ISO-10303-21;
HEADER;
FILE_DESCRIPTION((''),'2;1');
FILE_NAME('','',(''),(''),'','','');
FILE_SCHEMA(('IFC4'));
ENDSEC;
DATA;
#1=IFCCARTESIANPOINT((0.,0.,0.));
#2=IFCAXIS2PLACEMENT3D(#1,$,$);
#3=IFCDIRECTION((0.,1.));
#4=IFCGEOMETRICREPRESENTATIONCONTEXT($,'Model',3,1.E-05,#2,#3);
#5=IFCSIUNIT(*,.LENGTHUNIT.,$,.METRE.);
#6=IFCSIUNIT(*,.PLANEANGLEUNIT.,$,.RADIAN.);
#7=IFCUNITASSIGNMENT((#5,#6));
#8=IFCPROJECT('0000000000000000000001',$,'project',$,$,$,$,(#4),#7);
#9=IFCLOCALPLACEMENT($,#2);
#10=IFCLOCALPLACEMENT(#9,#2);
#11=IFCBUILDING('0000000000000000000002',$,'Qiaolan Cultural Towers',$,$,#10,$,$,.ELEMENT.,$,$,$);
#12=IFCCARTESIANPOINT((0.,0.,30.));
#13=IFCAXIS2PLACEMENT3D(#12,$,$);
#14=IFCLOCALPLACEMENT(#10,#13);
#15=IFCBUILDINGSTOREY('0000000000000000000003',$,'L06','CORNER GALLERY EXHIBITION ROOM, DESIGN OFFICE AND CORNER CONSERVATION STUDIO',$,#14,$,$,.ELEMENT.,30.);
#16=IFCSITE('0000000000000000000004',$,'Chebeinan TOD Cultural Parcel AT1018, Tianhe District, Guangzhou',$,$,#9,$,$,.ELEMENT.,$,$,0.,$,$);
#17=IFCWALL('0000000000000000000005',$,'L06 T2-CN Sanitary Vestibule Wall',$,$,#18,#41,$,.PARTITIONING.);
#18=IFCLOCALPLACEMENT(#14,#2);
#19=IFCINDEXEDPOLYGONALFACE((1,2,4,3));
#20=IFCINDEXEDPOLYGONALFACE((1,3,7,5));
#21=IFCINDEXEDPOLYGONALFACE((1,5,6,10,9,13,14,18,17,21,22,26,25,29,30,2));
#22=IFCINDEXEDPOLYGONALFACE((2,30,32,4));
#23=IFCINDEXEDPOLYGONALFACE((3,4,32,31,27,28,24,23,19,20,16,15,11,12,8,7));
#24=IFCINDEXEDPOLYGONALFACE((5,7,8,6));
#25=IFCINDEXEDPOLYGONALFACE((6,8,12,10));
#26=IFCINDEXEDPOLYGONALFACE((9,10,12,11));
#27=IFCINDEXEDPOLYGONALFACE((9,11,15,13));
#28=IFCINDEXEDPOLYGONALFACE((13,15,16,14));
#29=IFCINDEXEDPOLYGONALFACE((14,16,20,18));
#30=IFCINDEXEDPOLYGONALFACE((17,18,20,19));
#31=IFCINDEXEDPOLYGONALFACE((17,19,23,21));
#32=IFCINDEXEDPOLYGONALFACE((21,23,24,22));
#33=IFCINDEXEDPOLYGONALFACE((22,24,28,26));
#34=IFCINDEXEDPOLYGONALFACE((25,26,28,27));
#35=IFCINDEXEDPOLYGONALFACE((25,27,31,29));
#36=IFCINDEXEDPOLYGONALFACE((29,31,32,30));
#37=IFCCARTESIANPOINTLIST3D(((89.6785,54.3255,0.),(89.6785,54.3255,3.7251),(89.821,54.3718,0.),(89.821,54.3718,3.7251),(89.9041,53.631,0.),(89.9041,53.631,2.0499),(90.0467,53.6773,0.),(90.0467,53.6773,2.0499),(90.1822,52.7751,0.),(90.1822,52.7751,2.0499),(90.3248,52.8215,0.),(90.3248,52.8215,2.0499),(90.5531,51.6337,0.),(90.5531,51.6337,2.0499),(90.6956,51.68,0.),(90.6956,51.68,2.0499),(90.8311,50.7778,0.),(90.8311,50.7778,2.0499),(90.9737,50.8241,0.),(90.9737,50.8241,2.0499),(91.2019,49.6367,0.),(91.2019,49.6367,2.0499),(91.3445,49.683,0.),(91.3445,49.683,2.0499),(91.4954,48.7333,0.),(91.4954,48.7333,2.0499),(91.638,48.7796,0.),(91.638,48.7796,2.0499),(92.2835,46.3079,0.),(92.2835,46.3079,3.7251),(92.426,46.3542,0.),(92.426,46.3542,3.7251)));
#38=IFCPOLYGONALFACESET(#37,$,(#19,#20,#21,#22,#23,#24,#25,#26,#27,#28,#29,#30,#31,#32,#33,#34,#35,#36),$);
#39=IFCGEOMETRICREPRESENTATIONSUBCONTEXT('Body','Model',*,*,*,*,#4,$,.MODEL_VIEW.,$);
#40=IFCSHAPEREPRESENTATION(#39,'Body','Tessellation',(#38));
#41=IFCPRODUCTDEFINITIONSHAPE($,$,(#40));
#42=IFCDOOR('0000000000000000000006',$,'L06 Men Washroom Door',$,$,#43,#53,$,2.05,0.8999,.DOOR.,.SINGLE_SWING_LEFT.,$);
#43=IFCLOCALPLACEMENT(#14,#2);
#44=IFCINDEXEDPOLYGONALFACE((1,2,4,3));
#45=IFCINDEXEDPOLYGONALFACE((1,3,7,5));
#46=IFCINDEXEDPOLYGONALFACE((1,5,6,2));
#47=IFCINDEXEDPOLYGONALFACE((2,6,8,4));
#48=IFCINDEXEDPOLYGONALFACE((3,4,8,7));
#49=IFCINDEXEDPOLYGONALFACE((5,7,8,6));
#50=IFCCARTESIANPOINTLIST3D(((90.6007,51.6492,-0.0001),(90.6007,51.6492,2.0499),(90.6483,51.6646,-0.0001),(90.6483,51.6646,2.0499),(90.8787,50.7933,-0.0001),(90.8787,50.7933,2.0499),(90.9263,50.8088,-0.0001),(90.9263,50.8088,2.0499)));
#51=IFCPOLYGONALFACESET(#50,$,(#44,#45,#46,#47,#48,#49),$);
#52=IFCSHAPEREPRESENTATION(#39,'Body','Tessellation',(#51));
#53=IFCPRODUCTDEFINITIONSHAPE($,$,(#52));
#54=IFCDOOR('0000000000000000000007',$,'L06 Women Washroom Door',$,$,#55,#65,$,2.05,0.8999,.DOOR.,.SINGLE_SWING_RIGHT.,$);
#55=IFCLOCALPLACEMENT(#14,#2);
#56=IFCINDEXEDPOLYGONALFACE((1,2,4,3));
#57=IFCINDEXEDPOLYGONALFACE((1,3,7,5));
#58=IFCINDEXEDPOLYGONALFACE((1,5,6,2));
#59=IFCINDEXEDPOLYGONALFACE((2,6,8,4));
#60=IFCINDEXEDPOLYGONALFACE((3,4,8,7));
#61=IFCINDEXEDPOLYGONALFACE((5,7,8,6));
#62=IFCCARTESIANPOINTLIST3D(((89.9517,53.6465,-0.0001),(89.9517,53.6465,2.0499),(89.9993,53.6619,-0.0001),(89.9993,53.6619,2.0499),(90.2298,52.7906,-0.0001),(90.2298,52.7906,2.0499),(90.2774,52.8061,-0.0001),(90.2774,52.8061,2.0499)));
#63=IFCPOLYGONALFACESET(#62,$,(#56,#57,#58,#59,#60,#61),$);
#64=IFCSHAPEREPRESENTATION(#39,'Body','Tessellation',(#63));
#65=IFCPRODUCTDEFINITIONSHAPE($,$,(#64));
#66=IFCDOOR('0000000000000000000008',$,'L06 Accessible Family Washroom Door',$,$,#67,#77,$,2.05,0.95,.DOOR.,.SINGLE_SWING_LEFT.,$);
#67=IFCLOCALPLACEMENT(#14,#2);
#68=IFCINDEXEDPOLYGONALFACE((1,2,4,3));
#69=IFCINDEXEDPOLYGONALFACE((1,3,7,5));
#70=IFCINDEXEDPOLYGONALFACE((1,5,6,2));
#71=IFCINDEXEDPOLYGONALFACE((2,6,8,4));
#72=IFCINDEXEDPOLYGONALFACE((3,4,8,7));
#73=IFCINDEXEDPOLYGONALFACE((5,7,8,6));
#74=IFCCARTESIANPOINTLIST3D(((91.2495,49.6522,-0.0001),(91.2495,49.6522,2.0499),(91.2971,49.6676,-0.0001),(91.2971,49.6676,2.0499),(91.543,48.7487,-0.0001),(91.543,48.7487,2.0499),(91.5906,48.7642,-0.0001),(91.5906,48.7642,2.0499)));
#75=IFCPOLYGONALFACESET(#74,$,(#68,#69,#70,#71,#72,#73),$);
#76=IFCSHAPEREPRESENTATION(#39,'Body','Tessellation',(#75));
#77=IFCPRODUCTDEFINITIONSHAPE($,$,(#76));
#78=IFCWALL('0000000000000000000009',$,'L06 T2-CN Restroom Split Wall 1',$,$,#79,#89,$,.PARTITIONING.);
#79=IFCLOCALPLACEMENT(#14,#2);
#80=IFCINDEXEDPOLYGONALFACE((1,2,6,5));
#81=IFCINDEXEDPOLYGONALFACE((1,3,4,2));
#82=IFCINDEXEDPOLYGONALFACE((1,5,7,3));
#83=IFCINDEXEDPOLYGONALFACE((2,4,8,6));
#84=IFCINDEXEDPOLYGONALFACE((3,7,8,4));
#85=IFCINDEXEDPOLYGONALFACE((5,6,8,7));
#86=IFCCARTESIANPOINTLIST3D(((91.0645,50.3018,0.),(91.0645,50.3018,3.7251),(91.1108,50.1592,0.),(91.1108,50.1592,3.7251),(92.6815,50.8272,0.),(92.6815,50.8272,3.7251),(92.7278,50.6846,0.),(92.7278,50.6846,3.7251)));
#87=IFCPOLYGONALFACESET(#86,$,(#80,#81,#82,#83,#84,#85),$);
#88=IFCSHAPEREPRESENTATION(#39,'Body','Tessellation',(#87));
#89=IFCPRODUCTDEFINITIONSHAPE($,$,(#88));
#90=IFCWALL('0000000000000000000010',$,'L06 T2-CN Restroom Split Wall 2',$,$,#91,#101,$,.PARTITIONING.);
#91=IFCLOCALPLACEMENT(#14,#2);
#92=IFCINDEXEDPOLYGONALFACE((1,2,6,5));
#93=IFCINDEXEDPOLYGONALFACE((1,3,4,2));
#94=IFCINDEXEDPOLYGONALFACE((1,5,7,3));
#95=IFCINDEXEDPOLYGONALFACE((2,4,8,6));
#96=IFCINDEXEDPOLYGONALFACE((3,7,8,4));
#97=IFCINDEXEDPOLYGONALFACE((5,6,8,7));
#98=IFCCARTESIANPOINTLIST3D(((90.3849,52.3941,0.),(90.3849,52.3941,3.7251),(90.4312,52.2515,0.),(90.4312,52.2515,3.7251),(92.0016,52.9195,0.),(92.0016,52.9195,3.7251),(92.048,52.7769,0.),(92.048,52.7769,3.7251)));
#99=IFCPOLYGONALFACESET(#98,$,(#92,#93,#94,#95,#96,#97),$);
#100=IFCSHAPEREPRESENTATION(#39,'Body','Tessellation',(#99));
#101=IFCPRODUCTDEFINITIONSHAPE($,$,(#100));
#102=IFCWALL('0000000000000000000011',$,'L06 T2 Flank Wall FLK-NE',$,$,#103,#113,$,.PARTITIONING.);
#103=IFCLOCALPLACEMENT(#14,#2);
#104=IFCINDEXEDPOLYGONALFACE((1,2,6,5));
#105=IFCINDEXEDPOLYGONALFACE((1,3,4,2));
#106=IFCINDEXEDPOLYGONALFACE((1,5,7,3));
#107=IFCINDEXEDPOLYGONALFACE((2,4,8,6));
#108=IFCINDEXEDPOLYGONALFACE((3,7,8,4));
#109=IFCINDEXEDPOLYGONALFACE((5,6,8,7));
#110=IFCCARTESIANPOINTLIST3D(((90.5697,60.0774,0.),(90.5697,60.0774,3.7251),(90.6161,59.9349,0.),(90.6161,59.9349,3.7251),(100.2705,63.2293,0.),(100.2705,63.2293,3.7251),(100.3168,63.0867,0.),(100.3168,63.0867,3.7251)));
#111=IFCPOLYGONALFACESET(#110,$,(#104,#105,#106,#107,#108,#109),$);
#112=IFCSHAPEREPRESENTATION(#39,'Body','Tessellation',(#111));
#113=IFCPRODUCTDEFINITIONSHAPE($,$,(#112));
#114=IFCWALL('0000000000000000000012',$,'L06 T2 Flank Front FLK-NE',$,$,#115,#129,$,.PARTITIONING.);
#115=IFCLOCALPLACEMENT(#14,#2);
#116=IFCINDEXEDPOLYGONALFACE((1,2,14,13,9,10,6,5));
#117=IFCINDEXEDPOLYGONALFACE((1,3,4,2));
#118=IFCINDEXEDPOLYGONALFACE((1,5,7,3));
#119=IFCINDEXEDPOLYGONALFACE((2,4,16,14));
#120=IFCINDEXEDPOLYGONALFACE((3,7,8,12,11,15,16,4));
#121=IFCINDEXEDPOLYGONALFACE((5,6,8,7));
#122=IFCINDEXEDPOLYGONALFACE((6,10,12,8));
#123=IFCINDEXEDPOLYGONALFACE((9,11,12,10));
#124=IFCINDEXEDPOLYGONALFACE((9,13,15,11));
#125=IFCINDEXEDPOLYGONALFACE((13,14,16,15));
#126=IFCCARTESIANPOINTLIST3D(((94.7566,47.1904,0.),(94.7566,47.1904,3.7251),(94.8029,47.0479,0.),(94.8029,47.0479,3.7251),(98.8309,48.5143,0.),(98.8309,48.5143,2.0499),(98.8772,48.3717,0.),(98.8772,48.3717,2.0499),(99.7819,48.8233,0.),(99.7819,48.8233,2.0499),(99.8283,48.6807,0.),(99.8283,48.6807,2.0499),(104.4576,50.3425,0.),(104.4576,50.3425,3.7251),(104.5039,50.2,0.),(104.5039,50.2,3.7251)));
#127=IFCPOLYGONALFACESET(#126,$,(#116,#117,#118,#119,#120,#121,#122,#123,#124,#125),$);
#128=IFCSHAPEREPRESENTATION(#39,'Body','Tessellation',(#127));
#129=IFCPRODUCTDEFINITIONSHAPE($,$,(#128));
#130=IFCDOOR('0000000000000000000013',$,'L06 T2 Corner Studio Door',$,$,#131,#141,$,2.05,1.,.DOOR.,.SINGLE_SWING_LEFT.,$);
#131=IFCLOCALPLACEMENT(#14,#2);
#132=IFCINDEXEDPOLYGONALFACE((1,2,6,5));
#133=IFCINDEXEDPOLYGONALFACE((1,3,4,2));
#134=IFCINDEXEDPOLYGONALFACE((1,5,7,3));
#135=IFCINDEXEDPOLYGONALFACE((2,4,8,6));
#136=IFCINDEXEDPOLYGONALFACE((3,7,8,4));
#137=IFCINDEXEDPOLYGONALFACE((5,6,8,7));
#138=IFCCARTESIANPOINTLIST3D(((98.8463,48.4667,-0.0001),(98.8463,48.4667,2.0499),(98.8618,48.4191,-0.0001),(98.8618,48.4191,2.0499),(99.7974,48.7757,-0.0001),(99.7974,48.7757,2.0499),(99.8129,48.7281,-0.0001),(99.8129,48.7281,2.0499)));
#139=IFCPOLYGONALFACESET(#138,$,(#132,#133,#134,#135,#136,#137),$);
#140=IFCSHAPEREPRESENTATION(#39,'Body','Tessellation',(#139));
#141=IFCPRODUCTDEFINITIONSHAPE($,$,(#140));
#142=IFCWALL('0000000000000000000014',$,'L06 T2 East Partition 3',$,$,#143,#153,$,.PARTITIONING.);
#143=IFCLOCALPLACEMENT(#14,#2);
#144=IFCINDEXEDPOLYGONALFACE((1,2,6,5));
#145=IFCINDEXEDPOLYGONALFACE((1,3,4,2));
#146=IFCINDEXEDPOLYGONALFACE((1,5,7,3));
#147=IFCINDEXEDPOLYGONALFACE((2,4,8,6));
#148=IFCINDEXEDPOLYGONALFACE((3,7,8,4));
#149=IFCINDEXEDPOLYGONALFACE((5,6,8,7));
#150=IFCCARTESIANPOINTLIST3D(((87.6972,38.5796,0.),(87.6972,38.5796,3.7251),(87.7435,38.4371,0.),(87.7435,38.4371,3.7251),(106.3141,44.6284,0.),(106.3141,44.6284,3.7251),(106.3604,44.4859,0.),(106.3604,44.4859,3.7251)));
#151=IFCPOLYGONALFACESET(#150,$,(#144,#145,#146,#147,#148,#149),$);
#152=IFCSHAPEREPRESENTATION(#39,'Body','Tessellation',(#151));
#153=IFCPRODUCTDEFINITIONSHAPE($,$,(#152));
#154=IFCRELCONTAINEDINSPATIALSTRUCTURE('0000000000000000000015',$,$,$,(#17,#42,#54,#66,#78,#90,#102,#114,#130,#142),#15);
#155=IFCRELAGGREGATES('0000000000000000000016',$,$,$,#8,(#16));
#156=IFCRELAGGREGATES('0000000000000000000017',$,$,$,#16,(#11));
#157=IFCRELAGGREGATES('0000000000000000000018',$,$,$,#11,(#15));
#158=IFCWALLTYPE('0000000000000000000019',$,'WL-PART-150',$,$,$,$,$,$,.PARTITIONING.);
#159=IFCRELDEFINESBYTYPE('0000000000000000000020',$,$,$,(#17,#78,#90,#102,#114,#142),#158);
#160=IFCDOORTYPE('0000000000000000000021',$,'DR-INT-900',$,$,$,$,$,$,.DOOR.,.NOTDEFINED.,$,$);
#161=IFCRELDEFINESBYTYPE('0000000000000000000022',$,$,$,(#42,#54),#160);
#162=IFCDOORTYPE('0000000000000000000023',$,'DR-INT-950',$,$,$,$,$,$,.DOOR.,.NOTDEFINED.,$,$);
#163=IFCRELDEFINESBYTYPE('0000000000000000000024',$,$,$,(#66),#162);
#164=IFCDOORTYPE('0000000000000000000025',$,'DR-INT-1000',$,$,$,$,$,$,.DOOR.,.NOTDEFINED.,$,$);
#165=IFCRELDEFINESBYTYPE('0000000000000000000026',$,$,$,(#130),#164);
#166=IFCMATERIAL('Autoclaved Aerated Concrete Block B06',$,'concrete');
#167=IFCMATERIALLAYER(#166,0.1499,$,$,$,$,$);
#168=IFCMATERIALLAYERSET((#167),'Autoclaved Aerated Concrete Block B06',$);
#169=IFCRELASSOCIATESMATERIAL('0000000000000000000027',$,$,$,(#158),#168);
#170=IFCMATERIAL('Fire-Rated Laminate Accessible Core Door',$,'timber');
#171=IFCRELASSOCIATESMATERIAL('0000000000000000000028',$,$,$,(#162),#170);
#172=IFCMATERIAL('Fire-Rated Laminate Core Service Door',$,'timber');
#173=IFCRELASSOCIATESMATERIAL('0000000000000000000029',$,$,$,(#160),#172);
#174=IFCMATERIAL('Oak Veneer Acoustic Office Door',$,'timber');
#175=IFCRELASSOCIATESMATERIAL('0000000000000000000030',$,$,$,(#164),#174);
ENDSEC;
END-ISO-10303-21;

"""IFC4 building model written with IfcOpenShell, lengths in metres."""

from ifc_helpers import new_model, si_unit, direction, frame, frame_2d, origin, place, context, subcontext, project, spatial, rectangle, extrude, material, layer, layer_set, type_object, element, fill, save


model = new_model("IFC4")

# Units and contexts
model_context = context("Model", 3, precision=1e-05, world=origin(), true_north=direction((0.0, 1.0)))
body_context = subcontext(model_context, "Body", "Model", "MODEL_VIEW")
ifc_project = project(units=[si_unit("LENGTHUNIT", "METRE"), si_unit("PLANEANGLEUNIT", "RADIAN")], contexts=[model_context])

# Site, building, storey
site_placement = place(None, origin())
site = spatial("IfcSite", under=ifc_project, at=site_placement, Name="Chebeinan TOD Cultural Parcel AT1018, Tianhe District, Guangzhou", CompositionType="ELEMENT", RefElevation=0.0)
building_placement = place(site_placement, origin())
building = spatial("IfcBuilding", under=site, at=building_placement, Name="Qiaolan Cultural Towers", CompositionType="ELEMENT")
storey_placement = place(building_placement, frame((0.0, 0.0, 30.0)))
storey = spatial("IfcBuildingStorey", under=building, at=storey_placement, Name="L06", Description="CORNER GALLERY EXHIBITION ROOM, DESIGN OFFICE AND CORNER CONSERVATION STUDIO", CompositionType="ELEMENT", Elevation=30.0)

# Shared definitions
ifc_material_1 = material(Name="Autoclaved Aerated Concrete Block B06", Category="concrete")
ifc_layer_1 = layer(ifc_material_1, 0.1499)
ifc_layer_set_1 = layer_set([ifc_layer_1], Name="Autoclaved Aerated Concrete Block B06")
wall_type_1 = type_object("IfcWallType", Name="WL-PART-150", PredefinedType="PARTITIONING", material=ifc_layer_set_1)
ifc_material_2 = material(Name="Fire-Rated Laminate Accessible Core Door", Category="timber")
door_type_1 = type_object("IfcDoorType", Name="DR-INT-950", OperationType="NOTDEFINED", PredefinedType="DOOR", material=ifc_material_2)

# Wall, openings, doors
wall_1_placement = place(storey_placement, frame((92.3547, 46.3311, 0.0), z_axis=(0.0, 0.0, 1.0), x_axis=(-0.309007, 0.95106, 0.0)))
wall_1 = element("IfcWall", 1, at=wall_1_placement, inside=storey, type_object=wall_type_1, Name="L06 T2-CN Sanitary Vestibule Wall", PredefinedType="PARTITIONING", context=body_context, shape_type="SweptSolid", body=[
    extrude(rectangle(XDim=8.4302, YDim=0.1499, at=frame_2d((4.2151, 0.0))), origin(), (0.0, 0.0, 1.0), 3.7251),
])
opening_1_placement = place(wall_1_placement, frame((2.55, 0.0, 0.0)))
opening_1 = element("IfcOpeningElement", 2, at=opening_1_placement, cuts=wall_1, PredefinedType="OPENING", context=body_context, shape_type="SweptSolid", body=[
    extrude(rectangle(XDim=0.95, YDim=2.05, at=frame_2d((0.4751, 1.0249))), frame((0.0, 0.085, 0.0), z_axis=(0.0, -1.0, 0.0), x_axis=(1.0, 0.0, 0.0)), (0.0, 0.0, 1.0), 0.1699),
])
opening_2_placement = place(wall_1_placement, frame((4.7, 0.0, 0.0)))
opening_2 = element("IfcOpeningElement", 3, at=opening_2_placement, cuts=wall_1, PredefinedType="OPENING", context=body_context, shape_type="SweptSolid", body=[
    extrude(rectangle(XDim=0.8999, YDim=2.05, at=frame_2d((0.45, 1.0249))), frame((0.0, 0.085, 0.0), z_axis=(0.0, -1.0, 0.0), x_axis=(1.0, 0.0, 0.0)), (0.0, 0.0, 1.0), 0.1699),
])
opening_3_placement = place(wall_1_placement, frame((6.8, 0.0, 0.0)))
opening_3 = element("IfcOpeningElement", 4, at=opening_3_placement, cuts=wall_1, PredefinedType="OPENING", context=body_context, shape_type="SweptSolid", body=[
    extrude(rectangle(XDim=0.8999, YDim=2.05, at=frame_2d((0.45, 1.0249))), frame((0.0, 0.085, 0.0), z_axis=(0.0, -1.0, 0.0), x_axis=(1.0, 0.0, 0.0)), (0.0, 0.0, 1.0), 0.1699),
])
ifc_material_3 = material(Name="Fire-Rated Laminate Core Service Door", Category="timber")
door_type_2 = type_object("IfcDoorType", Name="DR-INT-900", OperationType="NOTDEFINED", PredefinedType="DOOR", material=ifc_material_3)
door_1_placement = place(opening_2_placement, origin())
door_1 = element("IfcDoor", 5, at=door_1_placement, inside=storey, type_object=door_type_2, Name="L06 Men Washroom Door", OperationType="SINGLE_SWING_LEFT", OverallHeight=2.05, OverallWidth=0.8999, PredefinedType="DOOR", context=body_context, shape_type="SweptSolid", body=[
    extrude(rectangle(XDim=0.8999, YDim=2.05, at=frame_2d((0.45, 1.0249))), frame((0.0, 0.0249, 0.0), z_axis=(0.0, -1.0, 0.0), x_axis=(1.0, 0.0, 0.0)), (0.0, 0.0, 1.0), 0.05),
])
fill(opening_2, door_1)
door_2_placement = place(opening_3_placement, origin())
door_2 = element("IfcDoor", 6, at=door_2_placement, inside=storey, type_object=door_type_2, Name="L06 Women Washroom Door", OperationType="SINGLE_SWING_RIGHT", OverallHeight=2.05, OverallWidth=0.8999, PredefinedType="DOOR", context=body_context, shape_type="SweptSolid", body=[
    extrude(rectangle(XDim=0.8999, YDim=2.05, at=frame_2d((0.45, 1.0249))), frame((0.0, 0.0249, 0.0), z_axis=(0.0, -1.0, 0.0), x_axis=(1.0, 0.0, 0.0)), (0.0, 0.0, 1.0), 0.05),
])
fill(opening_3, door_2)
door_3_placement = place(opening_1_placement, origin())
door_3 = element("IfcDoor", 7, at=door_3_placement, inside=storey, type_object=door_type_1, Name="L06 Accessible Family Washroom Door", OperationType="SINGLE_SWING_LEFT", OverallHeight=2.05, OverallWidth=0.95, PredefinedType="DOOR", context=body_context, shape_type="SweptSolid", body=[
    extrude(rectangle(XDim=0.95, YDim=2.05, at=frame_2d((0.4751, 1.0249))), frame((0.0, 0.0249, 0.0), z_axis=(0.0, -1.0, 0.0), x_axis=(1.0, 0.0, 0.0)), (0.0, 0.0, 1.0), 0.05),
])
fill(opening_1, door_3)

# Walls
wall_2_placement = place(storey_placement, frame((91.0876, 50.2305, 0.0), z_axis=(0.0, 0.0, 1.0), x_axis=(0.951054, 0.309024, 0.0)))
element("IfcWall", 8, at=wall_2_placement, inside=storey, type_object=wall_type_1, Name="L06 T2-CN Restroom Split Wall 1", PredefinedType="PARTITIONING", context=body_context, shape_type="SweptSolid", body=[
    extrude(rectangle(XDim=1.7002, YDim=0.1499, at=frame_2d((0.8501, 0.0))), origin(), (0.0, 0.0, 1.0), 3.7251),
])
wall_3_placement = place(storey_placement, frame((90.408, 52.3228, 0.0), z_axis=(0.0, 0.0, 1.0), x_axis=(0.95104, 0.309067, 0.0)))
element("IfcWall", 9, at=wall_3_placement, inside=storey, type_object=wall_type_1, Name="L06 T2-CN Restroom Split Wall 2", PredefinedType="PARTITIONING", context=body_context, shape_type="SweptSolid", body=[
    extrude(rectangle(XDim=1.7, YDim=0.1499, at=frame_2d((0.8501, 0.0))), origin(), (0.0, 0.0, 1.0), 3.7251),
])
wall_4_placement = place(storey_placement, frame((90.5928, 60.0061, 0.0), z_axis=(0.0, 0.0, 1.0), x_axis=(0.951059, 0.309009, 0.0)))
element("IfcWall", 10, at=wall_4_placement, inside=storey, type_object=wall_type_1, Name="L06 T2 Flank Wall FLK-NE", PredefinedType="PARTITIONING", context=body_context, shape_type="SweptSolid", body=[
    extrude(rectangle(XDim=10.2, YDim=0.1499, at=frame_2d((5.1001, 0.0))), origin(), (0.0, 0.0, 1.0), 3.7251),
])

# Wall, opening, door
wall_5_placement = place(storey_placement, frame((94.7798, 47.1191, 0.0), z_axis=(0.0, 0.0, 1.0), x_axis=(0.951054, 0.309024, 0.0)))
wall_5 = element("IfcWall", 11, at=wall_5_placement, inside=storey, type_object=wall_type_1, Name="L06 T2 Flank Front FLK-NE", PredefinedType="PARTITIONING", context=body_context, shape_type="SweptSolid", body=[
    extrude(rectangle(XDim=10.2002, YDim=0.1499, at=frame_2d((5.1001, 0.0))), origin(), (0.0, 0.0, 1.0), 3.7251),
])
opening_4_placement = place(wall_5_placement, frame((4.2839, 0.0, 0.0)))
opening_4 = element("IfcOpeningElement", 12, at=opening_4_placement, cuts=wall_5, PredefinedType="OPENING", context=body_context, shape_type="SweptSolid", body=[
    extrude(rectangle(XDim=1.0, YDim=2.05, at=frame_2d((0.5, 1.0249))), frame((0.0, 0.085, 0.0), z_axis=(0.0, -1.0, 0.0), x_axis=(1.0, 0.0, 0.0)), (0.0, 0.0, 1.0), 0.1699),
])
ifc_material_4 = material(Name="Oak Veneer Acoustic Office Door", Category="timber")
door_type_3 = type_object("IfcDoorType", Name="DR-INT-1000", OperationType="NOTDEFINED", PredefinedType="DOOR", material=ifc_material_4)
door_4_placement = place(opening_4_placement, origin())
door_4 = element("IfcDoor", 13, at=door_4_placement, inside=storey, type_object=door_type_3, Name="L06 T2 Corner Studio Door", OperationType="SINGLE_SWING_LEFT", OverallHeight=2.05, OverallWidth=1.0, PredefinedType="DOOR", context=body_context, shape_type="SweptSolid", body=[
    extrude(rectangle(XDim=1.0, YDim=2.05, at=frame_2d((0.5, 1.0249))), frame((0.0, 0.0249, 0.0), z_axis=(0.0, -1.0, 0.0), x_axis=(1.0, 0.0, 0.0)), (0.0, 0.0, 1.0), 0.05),
])
fill(opening_4, door_4)

# Wall
wall_6_placement = place(storey_placement, frame((87.7202, 38.5083, 0.0), z_axis=(0.0, 0.0, 1.0), x_axis=(0.951059, 0.309009, 0.0)))
element("IfcWall", 14, at=wall_6_placement, inside=storey, type_object=wall_type_1, Name="L06 T2 East Partition 3", PredefinedType="PARTITIONING", context=body_context, shape_type="SweptSolid", body=[
    extrude(rectangle(XDim=19.575, YDim=0.1499, at=frame_2d((9.7876, 0.0))), origin(), (0.0, 0.0, 1.0), 3.7251),
])

save(model, "model.ifc")
